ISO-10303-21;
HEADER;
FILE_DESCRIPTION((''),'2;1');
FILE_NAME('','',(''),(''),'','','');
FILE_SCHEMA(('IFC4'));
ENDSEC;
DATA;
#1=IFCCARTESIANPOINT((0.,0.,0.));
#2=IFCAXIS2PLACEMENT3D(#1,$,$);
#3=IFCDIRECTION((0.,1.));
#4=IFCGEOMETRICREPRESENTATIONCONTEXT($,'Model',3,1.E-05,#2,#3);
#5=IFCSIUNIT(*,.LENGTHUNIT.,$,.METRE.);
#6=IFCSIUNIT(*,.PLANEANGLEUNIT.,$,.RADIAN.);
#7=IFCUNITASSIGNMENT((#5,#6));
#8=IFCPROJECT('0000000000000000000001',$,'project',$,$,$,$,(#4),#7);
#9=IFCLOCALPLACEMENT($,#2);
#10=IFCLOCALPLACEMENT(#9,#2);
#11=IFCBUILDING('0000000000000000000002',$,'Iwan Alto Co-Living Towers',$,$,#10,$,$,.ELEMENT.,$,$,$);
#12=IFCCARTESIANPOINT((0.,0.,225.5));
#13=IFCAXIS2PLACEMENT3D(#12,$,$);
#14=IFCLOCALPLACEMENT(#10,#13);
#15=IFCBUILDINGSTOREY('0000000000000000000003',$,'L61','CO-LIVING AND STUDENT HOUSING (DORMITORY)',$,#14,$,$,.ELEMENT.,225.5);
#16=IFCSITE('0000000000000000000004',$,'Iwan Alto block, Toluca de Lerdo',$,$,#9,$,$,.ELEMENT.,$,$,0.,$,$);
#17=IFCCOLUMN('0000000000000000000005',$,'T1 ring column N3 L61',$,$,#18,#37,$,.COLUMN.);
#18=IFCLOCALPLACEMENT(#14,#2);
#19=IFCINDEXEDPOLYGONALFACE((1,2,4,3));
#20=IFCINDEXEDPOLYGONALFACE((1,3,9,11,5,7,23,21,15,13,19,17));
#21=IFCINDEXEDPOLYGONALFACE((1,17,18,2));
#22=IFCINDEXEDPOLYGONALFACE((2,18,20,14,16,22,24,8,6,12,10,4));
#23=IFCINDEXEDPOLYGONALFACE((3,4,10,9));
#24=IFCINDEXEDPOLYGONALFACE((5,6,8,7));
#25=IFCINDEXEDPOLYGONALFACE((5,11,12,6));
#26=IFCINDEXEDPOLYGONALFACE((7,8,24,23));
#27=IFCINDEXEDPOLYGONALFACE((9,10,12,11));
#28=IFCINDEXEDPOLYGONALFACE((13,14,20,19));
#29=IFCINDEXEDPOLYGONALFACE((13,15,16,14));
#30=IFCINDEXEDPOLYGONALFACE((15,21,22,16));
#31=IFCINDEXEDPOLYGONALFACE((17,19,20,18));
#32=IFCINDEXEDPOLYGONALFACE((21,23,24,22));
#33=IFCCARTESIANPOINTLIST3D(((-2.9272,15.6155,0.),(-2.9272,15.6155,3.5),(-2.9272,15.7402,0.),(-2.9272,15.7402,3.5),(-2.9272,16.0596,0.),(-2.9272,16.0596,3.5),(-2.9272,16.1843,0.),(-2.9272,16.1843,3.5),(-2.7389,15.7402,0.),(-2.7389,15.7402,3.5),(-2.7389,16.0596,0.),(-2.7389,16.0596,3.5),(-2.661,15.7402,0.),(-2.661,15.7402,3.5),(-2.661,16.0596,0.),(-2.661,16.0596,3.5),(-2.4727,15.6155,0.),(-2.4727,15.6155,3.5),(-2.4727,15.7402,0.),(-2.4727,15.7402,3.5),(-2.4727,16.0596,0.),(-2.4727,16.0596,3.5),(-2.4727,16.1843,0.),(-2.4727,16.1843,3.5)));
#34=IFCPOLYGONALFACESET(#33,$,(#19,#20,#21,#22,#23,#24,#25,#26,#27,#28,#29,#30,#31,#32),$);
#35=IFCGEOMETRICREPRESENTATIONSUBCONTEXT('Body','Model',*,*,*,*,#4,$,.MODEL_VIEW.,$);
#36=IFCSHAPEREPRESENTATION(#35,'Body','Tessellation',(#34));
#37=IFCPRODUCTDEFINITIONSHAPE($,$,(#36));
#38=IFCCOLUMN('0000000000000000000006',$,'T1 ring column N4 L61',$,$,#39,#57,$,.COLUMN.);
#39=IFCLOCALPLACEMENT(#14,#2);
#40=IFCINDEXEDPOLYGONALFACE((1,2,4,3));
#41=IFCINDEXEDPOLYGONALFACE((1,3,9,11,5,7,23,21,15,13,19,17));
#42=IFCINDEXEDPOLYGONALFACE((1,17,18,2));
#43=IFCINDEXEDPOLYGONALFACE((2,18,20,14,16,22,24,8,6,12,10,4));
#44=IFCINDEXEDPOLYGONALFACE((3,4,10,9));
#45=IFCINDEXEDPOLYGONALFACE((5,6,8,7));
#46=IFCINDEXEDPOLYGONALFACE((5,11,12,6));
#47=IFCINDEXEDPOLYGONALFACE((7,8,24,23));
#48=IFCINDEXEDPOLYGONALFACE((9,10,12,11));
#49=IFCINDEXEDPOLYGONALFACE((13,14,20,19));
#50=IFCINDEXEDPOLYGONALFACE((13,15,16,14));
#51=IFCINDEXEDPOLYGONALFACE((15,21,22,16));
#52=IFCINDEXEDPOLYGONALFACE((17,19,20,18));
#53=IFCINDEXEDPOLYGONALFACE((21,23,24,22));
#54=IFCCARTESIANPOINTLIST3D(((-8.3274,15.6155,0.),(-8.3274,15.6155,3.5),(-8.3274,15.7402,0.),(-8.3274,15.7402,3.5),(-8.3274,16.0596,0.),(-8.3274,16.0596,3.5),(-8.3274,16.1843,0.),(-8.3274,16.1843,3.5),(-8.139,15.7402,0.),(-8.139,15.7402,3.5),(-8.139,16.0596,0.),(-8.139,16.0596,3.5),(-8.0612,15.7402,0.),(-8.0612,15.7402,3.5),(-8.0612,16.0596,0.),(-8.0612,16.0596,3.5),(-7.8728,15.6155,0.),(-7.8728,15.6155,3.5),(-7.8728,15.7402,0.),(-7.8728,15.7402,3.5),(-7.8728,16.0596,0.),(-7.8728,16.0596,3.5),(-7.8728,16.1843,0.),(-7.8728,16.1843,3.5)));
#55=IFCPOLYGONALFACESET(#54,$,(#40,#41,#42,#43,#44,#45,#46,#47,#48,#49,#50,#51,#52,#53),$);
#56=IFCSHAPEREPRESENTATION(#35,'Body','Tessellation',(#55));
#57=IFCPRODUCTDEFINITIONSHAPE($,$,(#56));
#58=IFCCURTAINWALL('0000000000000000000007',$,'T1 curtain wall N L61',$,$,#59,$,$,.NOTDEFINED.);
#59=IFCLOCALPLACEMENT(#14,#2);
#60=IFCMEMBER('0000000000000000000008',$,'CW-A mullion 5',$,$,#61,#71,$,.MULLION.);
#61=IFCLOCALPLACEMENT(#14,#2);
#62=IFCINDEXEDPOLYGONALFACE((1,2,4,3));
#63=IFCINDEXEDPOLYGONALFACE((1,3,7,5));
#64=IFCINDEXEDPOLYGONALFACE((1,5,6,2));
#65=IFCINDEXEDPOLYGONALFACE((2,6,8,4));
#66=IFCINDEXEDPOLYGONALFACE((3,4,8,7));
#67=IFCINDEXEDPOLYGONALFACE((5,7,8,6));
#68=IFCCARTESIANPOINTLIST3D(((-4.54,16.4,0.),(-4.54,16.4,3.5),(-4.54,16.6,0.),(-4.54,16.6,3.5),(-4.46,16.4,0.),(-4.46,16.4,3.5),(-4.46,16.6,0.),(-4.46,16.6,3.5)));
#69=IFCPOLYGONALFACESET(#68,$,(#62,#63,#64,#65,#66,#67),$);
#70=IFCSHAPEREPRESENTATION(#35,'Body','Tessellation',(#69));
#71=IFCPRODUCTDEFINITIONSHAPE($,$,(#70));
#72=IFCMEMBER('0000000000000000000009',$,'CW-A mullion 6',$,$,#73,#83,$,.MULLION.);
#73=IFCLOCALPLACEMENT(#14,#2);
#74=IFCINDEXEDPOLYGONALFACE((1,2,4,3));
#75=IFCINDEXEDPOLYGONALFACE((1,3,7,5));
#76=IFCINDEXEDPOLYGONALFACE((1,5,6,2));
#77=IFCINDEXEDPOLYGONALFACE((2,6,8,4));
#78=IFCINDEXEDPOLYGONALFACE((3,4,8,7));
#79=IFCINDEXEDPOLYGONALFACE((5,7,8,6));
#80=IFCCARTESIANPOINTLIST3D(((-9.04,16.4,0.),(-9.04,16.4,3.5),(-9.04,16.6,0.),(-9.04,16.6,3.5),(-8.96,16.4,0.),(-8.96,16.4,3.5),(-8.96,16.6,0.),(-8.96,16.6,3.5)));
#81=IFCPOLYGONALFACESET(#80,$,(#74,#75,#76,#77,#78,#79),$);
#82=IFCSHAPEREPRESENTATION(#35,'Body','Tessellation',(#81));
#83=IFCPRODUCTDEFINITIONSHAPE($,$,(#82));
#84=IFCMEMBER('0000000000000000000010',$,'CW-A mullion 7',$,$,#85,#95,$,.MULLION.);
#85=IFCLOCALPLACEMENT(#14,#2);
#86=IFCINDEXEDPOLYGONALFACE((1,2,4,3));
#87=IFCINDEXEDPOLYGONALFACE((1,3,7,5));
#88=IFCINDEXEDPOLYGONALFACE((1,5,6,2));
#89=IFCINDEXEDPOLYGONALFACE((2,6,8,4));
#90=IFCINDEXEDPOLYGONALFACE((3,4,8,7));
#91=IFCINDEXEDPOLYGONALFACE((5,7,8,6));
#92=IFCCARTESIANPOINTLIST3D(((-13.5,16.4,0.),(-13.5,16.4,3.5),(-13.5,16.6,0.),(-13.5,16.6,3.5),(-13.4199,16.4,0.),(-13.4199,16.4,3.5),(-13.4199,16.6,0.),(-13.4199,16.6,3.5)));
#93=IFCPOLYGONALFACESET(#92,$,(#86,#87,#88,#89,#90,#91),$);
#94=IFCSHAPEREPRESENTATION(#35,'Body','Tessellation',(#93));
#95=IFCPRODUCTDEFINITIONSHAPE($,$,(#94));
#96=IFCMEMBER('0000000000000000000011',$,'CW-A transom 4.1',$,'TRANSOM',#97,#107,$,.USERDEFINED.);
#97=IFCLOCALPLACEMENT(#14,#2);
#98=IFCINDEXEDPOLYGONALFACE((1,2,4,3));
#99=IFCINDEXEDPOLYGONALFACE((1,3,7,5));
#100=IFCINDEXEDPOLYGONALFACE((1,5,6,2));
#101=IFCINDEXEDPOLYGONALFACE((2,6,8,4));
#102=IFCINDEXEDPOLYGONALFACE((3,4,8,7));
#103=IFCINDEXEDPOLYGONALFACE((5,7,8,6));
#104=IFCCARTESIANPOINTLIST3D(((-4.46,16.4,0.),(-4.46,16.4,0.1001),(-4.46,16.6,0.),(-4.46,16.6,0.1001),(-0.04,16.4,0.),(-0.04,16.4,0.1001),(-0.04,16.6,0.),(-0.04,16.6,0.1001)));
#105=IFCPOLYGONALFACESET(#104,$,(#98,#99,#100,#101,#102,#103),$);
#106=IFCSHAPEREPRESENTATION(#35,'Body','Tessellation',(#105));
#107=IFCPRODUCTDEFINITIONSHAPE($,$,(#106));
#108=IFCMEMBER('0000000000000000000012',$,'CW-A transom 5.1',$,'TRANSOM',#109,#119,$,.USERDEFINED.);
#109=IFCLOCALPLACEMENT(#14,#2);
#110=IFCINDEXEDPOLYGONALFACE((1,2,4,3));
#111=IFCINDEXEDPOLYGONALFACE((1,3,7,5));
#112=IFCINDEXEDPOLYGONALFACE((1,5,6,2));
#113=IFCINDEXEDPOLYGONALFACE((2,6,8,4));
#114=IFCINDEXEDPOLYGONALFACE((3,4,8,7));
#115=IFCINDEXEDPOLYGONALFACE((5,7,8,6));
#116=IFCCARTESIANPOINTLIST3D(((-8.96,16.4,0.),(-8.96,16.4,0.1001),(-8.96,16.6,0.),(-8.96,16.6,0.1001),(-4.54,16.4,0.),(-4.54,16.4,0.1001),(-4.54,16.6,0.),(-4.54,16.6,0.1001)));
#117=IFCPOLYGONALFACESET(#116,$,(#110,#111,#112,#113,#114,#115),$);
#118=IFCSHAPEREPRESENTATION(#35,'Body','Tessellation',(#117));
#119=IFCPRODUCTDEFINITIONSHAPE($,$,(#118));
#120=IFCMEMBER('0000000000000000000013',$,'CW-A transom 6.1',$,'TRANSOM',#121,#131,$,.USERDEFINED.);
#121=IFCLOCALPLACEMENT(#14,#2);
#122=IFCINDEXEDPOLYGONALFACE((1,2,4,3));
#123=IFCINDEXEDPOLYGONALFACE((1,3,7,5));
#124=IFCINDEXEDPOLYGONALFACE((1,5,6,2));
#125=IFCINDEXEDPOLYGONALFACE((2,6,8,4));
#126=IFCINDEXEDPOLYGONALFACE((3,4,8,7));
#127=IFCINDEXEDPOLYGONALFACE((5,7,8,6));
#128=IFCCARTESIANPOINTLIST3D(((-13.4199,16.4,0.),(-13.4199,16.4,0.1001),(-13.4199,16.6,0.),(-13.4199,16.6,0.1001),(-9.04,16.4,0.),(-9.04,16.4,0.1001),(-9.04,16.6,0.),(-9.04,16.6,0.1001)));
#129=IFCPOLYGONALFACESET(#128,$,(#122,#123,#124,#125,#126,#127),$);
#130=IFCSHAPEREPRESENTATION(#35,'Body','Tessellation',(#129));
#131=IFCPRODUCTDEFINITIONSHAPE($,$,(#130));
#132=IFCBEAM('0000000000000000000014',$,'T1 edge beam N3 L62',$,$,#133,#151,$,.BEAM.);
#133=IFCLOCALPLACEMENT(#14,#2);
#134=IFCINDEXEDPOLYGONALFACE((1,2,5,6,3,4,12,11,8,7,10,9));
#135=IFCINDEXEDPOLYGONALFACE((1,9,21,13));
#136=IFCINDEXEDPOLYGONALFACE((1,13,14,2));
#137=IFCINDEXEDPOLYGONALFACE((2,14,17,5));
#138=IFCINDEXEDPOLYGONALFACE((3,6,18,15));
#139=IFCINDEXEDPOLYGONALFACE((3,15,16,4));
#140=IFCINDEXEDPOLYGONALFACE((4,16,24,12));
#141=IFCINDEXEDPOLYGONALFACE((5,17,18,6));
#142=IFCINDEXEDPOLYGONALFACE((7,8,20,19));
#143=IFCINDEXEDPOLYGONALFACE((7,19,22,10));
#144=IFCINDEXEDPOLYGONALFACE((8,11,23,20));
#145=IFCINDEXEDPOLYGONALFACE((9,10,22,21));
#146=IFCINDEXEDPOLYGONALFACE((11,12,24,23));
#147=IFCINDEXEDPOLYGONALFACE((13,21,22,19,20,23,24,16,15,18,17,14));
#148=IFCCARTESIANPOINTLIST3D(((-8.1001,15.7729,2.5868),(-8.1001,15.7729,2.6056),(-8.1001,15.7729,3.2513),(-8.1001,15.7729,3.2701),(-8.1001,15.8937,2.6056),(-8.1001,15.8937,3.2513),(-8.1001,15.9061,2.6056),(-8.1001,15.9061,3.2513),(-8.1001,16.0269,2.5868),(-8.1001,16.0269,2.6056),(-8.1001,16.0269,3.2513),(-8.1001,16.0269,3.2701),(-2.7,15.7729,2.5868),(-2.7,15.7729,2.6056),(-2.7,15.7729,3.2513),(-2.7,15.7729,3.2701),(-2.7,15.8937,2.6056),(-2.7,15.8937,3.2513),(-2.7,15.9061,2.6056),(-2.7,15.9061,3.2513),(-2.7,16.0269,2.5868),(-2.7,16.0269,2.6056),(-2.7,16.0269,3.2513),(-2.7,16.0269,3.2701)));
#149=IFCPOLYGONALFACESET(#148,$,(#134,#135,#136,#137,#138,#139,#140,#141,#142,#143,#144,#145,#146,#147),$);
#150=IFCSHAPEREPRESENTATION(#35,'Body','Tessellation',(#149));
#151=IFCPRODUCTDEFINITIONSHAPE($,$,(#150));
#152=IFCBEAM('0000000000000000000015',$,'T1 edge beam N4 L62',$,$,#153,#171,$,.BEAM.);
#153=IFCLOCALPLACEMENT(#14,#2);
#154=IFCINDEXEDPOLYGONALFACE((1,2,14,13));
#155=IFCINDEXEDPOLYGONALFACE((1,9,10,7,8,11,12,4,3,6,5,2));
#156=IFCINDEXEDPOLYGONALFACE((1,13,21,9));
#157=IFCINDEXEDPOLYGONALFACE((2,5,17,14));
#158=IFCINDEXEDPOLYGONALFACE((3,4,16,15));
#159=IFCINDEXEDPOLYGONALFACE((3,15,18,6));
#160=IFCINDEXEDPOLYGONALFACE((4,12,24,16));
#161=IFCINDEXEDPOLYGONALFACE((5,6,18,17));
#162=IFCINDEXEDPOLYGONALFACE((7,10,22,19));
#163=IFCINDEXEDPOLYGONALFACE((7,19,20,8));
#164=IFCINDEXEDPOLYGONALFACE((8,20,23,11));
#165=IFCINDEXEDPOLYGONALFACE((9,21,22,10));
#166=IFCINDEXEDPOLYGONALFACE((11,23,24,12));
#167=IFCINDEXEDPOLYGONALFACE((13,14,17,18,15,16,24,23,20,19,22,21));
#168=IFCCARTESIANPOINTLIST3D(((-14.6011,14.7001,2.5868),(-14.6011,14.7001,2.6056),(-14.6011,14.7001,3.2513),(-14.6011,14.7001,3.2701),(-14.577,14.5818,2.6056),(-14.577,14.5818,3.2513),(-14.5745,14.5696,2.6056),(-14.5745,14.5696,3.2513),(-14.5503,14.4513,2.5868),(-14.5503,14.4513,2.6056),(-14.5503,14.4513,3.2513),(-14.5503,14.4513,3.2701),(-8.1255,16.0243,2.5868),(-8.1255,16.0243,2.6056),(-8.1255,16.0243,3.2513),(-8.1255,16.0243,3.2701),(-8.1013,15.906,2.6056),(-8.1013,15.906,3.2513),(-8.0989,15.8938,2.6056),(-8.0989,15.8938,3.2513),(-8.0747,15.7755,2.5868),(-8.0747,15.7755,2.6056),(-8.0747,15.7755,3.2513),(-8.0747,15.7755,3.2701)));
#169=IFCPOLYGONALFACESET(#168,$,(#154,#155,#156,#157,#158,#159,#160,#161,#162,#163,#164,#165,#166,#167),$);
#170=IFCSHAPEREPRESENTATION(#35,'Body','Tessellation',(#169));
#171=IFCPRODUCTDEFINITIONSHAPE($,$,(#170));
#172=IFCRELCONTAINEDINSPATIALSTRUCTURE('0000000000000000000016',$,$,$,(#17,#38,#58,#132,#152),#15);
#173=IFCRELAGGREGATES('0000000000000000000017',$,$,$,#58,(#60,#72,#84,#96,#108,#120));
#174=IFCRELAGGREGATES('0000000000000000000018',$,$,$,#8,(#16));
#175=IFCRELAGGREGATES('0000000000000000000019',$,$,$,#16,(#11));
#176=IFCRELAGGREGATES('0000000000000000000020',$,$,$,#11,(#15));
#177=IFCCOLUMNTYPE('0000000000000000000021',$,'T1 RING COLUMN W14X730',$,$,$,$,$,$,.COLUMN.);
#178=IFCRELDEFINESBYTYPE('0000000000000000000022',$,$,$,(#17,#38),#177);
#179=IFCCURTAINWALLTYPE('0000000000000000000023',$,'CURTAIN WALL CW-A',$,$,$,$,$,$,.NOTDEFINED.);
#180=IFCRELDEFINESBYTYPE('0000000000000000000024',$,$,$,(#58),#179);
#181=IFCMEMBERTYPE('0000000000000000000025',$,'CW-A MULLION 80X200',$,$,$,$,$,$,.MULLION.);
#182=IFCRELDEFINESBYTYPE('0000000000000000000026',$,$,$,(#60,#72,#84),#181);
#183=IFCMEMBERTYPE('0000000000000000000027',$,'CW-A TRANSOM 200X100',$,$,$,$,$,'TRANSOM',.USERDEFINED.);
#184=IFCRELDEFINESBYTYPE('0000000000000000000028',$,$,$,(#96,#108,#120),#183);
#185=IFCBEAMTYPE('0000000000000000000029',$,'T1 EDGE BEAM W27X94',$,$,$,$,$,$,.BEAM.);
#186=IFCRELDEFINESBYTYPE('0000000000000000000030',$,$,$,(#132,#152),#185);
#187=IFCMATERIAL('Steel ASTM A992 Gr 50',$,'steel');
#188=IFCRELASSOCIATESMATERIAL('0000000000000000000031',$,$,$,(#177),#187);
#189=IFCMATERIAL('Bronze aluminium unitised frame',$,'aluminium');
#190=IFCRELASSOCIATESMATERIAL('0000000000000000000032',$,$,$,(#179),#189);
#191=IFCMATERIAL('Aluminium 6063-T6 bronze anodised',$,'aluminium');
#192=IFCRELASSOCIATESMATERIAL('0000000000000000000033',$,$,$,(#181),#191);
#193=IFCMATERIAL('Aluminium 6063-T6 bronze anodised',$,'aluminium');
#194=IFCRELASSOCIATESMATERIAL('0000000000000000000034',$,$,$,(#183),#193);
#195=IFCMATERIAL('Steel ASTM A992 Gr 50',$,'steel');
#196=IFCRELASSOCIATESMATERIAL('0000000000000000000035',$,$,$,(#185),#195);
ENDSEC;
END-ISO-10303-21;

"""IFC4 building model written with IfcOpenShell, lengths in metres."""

from ifc_helpers import new_model, si_unit, direction, frame, origin, origin_2d, place, context, subcontext, project, spatial, rectangle, i_section, extrude, material, material_profile, profile_set, type_object, element, aggregate, save


model = new_model("IFC4")

# Units and contexts
model_context = context("Model", 3, precision=1e-05, world=origin(), true_north=direction((0.0, 1.0)))
body_context = subcontext(model_context, "Body", "Model", "MODEL_VIEW")
ifc_project = project(units=[si_unit("LENGTHUNIT", "METRE"), si_unit("PLANEANGLEUNIT", "RADIAN")], contexts=[model_context])

# Site, building, storey
site_placement = place(None, origin())
site = spatial("IfcSite", under=ifc_project, at=site_placement, Name="Iwan Alto block, Toluca de Lerdo", CompositionType="ELEMENT", RefElevation=0.0)
building_placement = place(site_placement, origin())
building = spatial("IfcBuilding", under=site, at=building_placement, Name="Iwan Alto Co-Living Towers", CompositionType="ELEMENT")
storey_placement = place(building_placement, frame((0.0, 0.0, 225.5)))
storey = spatial("IfcBuildingStorey", under=building, at=storey_placement, Name="L61", Description="CO-LIVING AND STUDENT HOUSING (DORMITORY)", CompositionType="ELEMENT", Elevation=225.5)

# Columns
ifc_material_1 = material(Name="Steel ASTM A992 Gr 50", Category="steel")
ifc_material_profile_1 = material_profile(ifc_material_1, i_section(OverallWidth=0.4546, OverallDepth=0.5688, WebThickness=0.0779, FlangeThickness=0.1248, at=origin_2d()), Name="W14X730")
ifc_profile_set_1 = profile_set([ifc_material_profile_1], Name="Steel ASTM A992 Gr 50")
column_type = type_object("IfcColumnType", Name="T1 RING COLUMN W14X730", PredefinedType="COLUMN", material=ifc_profile_set_1)
for number, where, z_axis, x_axis, name in (
    (1, (-2.7, 15.8999, 0.0), (0.0, 0.0, 1.0), (1.0, 0.0, 0.0), "T1 ring column N3 L61"),
    (2, (-8.1001, 15.8999, 0.0), (0.0, 0.0, 1.0), (1.0, 0.0, 0.0), "T1 ring column N4 L61"),
):
    element("IfcColumn", number, at=place(storey_placement, frame(where, z_axis=z_axis, x_axis=x_axis)), inside=storey, type_object=column_type, Name=name, PredefinedType="COLUMN", context=body_context, shape_type="SweptSolid", body=[
        extrude(i_section(OverallWidth=0.4546, OverallDepth=0.5688, WebThickness=0.0779, FlangeThickness=0.1248, at=origin_2d()), origin(), (0.0, 0.0, 1.0), 3.5),
    ])

# Curtain wall, members
ifc_material_2 = material(Name="Bronze aluminium unitised frame", Category="aluminium")
curtain_wall_type = type_object("IfcCurtainWallType", Name="CURTAIN WALL CW-A", PredefinedType="NOTDEFINED", material=ifc_material_2)
curtain_wall_placement = place(storey_placement, origin())
curtain_wall = element("IfcCurtainWall", 3, at=curtain_wall_placement, inside=storey, type_object=curtain_wall_type, Name="T1 curtain wall N L61", PredefinedType="NOTDEFINED")
ifc_material_3 = material(Name="Aluminium 6063-T6 bronze anodised", Category="aluminium")
ifc_material_profile_2 = material_profile(ifc_material_3, rectangle(XDim=0.2, YDim=0.0801, at=origin_2d()), Name="AL 80X200")
ifc_profile_set_2 = profile_set([ifc_material_profile_2], Name="Aluminium 6063-T6 bronze anodised")
member_type_1 = type_object("IfcMemberType", Name="CW-A MULLION 80X200", PredefinedType="MULLION", material=ifc_profile_set_2)
member_1_placement = place(storey_placement, frame((-4.5, 16.5, 0.0), z_axis=(0.0, 0.0, 1.0), x_axis=(0.0, -1.0, 0.0)))
member_1 = element("IfcMember", 4, at=member_1_placement, type_object=member_type_1, Name="CW-A mullion 5", PredefinedType="MULLION", context=body_context, shape_type="SweptSolid", body=[
    extrude(rectangle(XDim=0.2, YDim=0.0801, at=origin_2d()), origin(), (0.0, 0.0, 1.0), 3.5),
])
member_2_placement = place(storey_placement, frame((-9.0, 16.5, 0.0), z_axis=(0.0, 0.0, 1.0), x_axis=(0.0, -1.0, 0.0)))
member_2 = element("IfcMember", 5, at=member_2_placement, type_object=member_type_1, Name="CW-A mullion 6", PredefinedType="MULLION", context=body_context, shape_type="SweptSolid", body=[
    extrude(rectangle(XDim=0.2, YDim=0.0801, at=origin_2d()), origin(), (0.0, 0.0, 1.0), 3.5),
])
member_3_placement = place(storey_placement, frame((-13.46, 16.5, 0.0), z_axis=(0.0, 0.0, 1.0), x_axis=(0.0, -1.0, 0.0)))
member_3 = element("IfcMember", 6, at=member_3_placement, type_object=member_type_1, Name="CW-A mullion 7", PredefinedType="MULLION", context=body_context, shape_type="SweptSolid", body=[
    extrude(rectangle(XDim=0.2, YDim=0.0801, at=origin_2d()), origin(), (0.0, 0.0, 1.0), 3.5),
])
ifc_material_4 = material(Name="Aluminium 6063-T6 bronze anodised", Category="aluminium")
ifc_material_profile_3 = material_profile(ifc_material_4, rectangle(XDim=0.2, YDim=0.1001, at=origin_2d()), Name="AL 200X100")
ifc_profile_set_3 = profile_set([ifc_material_profile_3], Name="Aluminium 6063-T6 bronze anodised")
member_type_2 = type_object("IfcMemberType", Name="CW-A TRANSOM 200X100", ElementType="TRANSOM", PredefinedType="USERDEFINED", material=ifc_profile_set_3)
member_4_placement = place(storey_placement, frame((-0.04, 16.5, 0.05), z_axis=(-1.0, 0.0, 0.0), x_axis=(0.0, -1.0, 0.0)))
member_4 = element("IfcMember", 7, at=member_4_placement, type_object=member_type_2, Name="CW-A transom 4.1", ObjectType="TRANSOM", PredefinedType="USERDEFINED", context=body_context, shape_type="SweptSolid", body=[
    extrude(rectangle(XDim=0.2, YDim=0.1001, at=origin_2d()), origin(), (0.0, 0.0, 1.0), 4.4199),
])
member_5_placement = place(storey_placement, frame((-4.54, 16.5, 0.05), z_axis=(-1.0, 0.0, 0.0), x_axis=(0.0, -1.0, 0.0)))
member_5 = element("IfcMember", 8, at=member_5_placement, type_object=member_type_2, Name="CW-A transom 5.1", ObjectType="TRANSOM", PredefinedType="USERDEFINED", context=body_context, shape_type="SweptSolid", body=[
    extrude(rectangle(XDim=0.2, YDim=0.1001, at=origin_2d()), origin(), (0.0, 0.0, 1.0), 4.4199),
])
member_6_placement = place(storey_placement, frame((-9.04, 16.5, 0.05), z_axis=(-1.0, 0.0, 0.0), x_axis=(0.0, -1.0, 0.0)))
member_6 = element("IfcMember", 9, at=member_6_placement, type_object=member_type_2, Name="CW-A transom 6.1", ObjectType="TRANSOM", PredefinedType="USERDEFINED", context=body_context, shape_type="SweptSolid", body=[
    extrude(rectangle(XDim=0.2, YDim=0.1001, at=origin_2d()), origin(), (0.0, 0.0, 1.0), 4.3799),
])

# Beams
ifc_material_5 = material(Name="Steel ASTM A992 Gr 50", Category="steel")
ifc_material_profile_4 = material_profile(ifc_material_5, i_section(OverallWidth=0.2539, OverallDepth=0.6833, WebThickness=0.0125, FlangeThickness=0.0188, at=origin_2d()), Name="W27X94")
ifc_profile_set_4 = profile_set([ifc_material_profile_4], Name="Steel ASTM A992 Gr 50")
beam_type_1 = type_object("IfcBeamType", Name="T1 EDGE BEAM W27X94", PredefinedType="BEAM", material=ifc_profile_set_4)
beam_1_placement = place(storey_placement, frame((-2.7, 15.8999, 2.9285), z_axis=(-1.0, 0.0, 0.0), x_axis=(0.0, -1.0, 0.0)))
element("IfcBeam", 10, at=beam_1_placement, inside=storey, type_object=beam_type_1, Name="T1 edge beam N3 L62", PredefinedType="BEAM", context=body_context, shape_type="SweptSolid", body=[
    extrude(i_section(OverallWidth=0.2539, OverallDepth=0.6833, WebThickness=0.0125, FlangeThickness=0.0188, at=origin_2d()), origin(), (0.0, 0.0, 1.0), 5.4001),
])
beam_2_placement = place(storey_placement, frame((-8.1001, 15.8999, 2.9285), z_axis=(-0.979725, -0.200348, 0.0), x_axis=(0.200348, -0.979725, 0.0)))
element("IfcBeam", 11, at=beam_2_placement, inside=storey, type_object=beam_type_1, Name="T1 edge beam N4 L62", PredefinedType="BEAM", context=body_context, shape_type="SweptSolid", body=[
    extrude(i_section(OverallWidth=0.2539, OverallDepth=0.6833, WebThickness=0.0125, FlangeThickness=0.0188, at=origin_2d()), origin(), (0.0, 0.0, 1.0), 6.6096),
])

aggregate(curtain_wall, [member_1, member_2, member_3, member_4, member_5, member_6])

save(model, "model.ifc")
